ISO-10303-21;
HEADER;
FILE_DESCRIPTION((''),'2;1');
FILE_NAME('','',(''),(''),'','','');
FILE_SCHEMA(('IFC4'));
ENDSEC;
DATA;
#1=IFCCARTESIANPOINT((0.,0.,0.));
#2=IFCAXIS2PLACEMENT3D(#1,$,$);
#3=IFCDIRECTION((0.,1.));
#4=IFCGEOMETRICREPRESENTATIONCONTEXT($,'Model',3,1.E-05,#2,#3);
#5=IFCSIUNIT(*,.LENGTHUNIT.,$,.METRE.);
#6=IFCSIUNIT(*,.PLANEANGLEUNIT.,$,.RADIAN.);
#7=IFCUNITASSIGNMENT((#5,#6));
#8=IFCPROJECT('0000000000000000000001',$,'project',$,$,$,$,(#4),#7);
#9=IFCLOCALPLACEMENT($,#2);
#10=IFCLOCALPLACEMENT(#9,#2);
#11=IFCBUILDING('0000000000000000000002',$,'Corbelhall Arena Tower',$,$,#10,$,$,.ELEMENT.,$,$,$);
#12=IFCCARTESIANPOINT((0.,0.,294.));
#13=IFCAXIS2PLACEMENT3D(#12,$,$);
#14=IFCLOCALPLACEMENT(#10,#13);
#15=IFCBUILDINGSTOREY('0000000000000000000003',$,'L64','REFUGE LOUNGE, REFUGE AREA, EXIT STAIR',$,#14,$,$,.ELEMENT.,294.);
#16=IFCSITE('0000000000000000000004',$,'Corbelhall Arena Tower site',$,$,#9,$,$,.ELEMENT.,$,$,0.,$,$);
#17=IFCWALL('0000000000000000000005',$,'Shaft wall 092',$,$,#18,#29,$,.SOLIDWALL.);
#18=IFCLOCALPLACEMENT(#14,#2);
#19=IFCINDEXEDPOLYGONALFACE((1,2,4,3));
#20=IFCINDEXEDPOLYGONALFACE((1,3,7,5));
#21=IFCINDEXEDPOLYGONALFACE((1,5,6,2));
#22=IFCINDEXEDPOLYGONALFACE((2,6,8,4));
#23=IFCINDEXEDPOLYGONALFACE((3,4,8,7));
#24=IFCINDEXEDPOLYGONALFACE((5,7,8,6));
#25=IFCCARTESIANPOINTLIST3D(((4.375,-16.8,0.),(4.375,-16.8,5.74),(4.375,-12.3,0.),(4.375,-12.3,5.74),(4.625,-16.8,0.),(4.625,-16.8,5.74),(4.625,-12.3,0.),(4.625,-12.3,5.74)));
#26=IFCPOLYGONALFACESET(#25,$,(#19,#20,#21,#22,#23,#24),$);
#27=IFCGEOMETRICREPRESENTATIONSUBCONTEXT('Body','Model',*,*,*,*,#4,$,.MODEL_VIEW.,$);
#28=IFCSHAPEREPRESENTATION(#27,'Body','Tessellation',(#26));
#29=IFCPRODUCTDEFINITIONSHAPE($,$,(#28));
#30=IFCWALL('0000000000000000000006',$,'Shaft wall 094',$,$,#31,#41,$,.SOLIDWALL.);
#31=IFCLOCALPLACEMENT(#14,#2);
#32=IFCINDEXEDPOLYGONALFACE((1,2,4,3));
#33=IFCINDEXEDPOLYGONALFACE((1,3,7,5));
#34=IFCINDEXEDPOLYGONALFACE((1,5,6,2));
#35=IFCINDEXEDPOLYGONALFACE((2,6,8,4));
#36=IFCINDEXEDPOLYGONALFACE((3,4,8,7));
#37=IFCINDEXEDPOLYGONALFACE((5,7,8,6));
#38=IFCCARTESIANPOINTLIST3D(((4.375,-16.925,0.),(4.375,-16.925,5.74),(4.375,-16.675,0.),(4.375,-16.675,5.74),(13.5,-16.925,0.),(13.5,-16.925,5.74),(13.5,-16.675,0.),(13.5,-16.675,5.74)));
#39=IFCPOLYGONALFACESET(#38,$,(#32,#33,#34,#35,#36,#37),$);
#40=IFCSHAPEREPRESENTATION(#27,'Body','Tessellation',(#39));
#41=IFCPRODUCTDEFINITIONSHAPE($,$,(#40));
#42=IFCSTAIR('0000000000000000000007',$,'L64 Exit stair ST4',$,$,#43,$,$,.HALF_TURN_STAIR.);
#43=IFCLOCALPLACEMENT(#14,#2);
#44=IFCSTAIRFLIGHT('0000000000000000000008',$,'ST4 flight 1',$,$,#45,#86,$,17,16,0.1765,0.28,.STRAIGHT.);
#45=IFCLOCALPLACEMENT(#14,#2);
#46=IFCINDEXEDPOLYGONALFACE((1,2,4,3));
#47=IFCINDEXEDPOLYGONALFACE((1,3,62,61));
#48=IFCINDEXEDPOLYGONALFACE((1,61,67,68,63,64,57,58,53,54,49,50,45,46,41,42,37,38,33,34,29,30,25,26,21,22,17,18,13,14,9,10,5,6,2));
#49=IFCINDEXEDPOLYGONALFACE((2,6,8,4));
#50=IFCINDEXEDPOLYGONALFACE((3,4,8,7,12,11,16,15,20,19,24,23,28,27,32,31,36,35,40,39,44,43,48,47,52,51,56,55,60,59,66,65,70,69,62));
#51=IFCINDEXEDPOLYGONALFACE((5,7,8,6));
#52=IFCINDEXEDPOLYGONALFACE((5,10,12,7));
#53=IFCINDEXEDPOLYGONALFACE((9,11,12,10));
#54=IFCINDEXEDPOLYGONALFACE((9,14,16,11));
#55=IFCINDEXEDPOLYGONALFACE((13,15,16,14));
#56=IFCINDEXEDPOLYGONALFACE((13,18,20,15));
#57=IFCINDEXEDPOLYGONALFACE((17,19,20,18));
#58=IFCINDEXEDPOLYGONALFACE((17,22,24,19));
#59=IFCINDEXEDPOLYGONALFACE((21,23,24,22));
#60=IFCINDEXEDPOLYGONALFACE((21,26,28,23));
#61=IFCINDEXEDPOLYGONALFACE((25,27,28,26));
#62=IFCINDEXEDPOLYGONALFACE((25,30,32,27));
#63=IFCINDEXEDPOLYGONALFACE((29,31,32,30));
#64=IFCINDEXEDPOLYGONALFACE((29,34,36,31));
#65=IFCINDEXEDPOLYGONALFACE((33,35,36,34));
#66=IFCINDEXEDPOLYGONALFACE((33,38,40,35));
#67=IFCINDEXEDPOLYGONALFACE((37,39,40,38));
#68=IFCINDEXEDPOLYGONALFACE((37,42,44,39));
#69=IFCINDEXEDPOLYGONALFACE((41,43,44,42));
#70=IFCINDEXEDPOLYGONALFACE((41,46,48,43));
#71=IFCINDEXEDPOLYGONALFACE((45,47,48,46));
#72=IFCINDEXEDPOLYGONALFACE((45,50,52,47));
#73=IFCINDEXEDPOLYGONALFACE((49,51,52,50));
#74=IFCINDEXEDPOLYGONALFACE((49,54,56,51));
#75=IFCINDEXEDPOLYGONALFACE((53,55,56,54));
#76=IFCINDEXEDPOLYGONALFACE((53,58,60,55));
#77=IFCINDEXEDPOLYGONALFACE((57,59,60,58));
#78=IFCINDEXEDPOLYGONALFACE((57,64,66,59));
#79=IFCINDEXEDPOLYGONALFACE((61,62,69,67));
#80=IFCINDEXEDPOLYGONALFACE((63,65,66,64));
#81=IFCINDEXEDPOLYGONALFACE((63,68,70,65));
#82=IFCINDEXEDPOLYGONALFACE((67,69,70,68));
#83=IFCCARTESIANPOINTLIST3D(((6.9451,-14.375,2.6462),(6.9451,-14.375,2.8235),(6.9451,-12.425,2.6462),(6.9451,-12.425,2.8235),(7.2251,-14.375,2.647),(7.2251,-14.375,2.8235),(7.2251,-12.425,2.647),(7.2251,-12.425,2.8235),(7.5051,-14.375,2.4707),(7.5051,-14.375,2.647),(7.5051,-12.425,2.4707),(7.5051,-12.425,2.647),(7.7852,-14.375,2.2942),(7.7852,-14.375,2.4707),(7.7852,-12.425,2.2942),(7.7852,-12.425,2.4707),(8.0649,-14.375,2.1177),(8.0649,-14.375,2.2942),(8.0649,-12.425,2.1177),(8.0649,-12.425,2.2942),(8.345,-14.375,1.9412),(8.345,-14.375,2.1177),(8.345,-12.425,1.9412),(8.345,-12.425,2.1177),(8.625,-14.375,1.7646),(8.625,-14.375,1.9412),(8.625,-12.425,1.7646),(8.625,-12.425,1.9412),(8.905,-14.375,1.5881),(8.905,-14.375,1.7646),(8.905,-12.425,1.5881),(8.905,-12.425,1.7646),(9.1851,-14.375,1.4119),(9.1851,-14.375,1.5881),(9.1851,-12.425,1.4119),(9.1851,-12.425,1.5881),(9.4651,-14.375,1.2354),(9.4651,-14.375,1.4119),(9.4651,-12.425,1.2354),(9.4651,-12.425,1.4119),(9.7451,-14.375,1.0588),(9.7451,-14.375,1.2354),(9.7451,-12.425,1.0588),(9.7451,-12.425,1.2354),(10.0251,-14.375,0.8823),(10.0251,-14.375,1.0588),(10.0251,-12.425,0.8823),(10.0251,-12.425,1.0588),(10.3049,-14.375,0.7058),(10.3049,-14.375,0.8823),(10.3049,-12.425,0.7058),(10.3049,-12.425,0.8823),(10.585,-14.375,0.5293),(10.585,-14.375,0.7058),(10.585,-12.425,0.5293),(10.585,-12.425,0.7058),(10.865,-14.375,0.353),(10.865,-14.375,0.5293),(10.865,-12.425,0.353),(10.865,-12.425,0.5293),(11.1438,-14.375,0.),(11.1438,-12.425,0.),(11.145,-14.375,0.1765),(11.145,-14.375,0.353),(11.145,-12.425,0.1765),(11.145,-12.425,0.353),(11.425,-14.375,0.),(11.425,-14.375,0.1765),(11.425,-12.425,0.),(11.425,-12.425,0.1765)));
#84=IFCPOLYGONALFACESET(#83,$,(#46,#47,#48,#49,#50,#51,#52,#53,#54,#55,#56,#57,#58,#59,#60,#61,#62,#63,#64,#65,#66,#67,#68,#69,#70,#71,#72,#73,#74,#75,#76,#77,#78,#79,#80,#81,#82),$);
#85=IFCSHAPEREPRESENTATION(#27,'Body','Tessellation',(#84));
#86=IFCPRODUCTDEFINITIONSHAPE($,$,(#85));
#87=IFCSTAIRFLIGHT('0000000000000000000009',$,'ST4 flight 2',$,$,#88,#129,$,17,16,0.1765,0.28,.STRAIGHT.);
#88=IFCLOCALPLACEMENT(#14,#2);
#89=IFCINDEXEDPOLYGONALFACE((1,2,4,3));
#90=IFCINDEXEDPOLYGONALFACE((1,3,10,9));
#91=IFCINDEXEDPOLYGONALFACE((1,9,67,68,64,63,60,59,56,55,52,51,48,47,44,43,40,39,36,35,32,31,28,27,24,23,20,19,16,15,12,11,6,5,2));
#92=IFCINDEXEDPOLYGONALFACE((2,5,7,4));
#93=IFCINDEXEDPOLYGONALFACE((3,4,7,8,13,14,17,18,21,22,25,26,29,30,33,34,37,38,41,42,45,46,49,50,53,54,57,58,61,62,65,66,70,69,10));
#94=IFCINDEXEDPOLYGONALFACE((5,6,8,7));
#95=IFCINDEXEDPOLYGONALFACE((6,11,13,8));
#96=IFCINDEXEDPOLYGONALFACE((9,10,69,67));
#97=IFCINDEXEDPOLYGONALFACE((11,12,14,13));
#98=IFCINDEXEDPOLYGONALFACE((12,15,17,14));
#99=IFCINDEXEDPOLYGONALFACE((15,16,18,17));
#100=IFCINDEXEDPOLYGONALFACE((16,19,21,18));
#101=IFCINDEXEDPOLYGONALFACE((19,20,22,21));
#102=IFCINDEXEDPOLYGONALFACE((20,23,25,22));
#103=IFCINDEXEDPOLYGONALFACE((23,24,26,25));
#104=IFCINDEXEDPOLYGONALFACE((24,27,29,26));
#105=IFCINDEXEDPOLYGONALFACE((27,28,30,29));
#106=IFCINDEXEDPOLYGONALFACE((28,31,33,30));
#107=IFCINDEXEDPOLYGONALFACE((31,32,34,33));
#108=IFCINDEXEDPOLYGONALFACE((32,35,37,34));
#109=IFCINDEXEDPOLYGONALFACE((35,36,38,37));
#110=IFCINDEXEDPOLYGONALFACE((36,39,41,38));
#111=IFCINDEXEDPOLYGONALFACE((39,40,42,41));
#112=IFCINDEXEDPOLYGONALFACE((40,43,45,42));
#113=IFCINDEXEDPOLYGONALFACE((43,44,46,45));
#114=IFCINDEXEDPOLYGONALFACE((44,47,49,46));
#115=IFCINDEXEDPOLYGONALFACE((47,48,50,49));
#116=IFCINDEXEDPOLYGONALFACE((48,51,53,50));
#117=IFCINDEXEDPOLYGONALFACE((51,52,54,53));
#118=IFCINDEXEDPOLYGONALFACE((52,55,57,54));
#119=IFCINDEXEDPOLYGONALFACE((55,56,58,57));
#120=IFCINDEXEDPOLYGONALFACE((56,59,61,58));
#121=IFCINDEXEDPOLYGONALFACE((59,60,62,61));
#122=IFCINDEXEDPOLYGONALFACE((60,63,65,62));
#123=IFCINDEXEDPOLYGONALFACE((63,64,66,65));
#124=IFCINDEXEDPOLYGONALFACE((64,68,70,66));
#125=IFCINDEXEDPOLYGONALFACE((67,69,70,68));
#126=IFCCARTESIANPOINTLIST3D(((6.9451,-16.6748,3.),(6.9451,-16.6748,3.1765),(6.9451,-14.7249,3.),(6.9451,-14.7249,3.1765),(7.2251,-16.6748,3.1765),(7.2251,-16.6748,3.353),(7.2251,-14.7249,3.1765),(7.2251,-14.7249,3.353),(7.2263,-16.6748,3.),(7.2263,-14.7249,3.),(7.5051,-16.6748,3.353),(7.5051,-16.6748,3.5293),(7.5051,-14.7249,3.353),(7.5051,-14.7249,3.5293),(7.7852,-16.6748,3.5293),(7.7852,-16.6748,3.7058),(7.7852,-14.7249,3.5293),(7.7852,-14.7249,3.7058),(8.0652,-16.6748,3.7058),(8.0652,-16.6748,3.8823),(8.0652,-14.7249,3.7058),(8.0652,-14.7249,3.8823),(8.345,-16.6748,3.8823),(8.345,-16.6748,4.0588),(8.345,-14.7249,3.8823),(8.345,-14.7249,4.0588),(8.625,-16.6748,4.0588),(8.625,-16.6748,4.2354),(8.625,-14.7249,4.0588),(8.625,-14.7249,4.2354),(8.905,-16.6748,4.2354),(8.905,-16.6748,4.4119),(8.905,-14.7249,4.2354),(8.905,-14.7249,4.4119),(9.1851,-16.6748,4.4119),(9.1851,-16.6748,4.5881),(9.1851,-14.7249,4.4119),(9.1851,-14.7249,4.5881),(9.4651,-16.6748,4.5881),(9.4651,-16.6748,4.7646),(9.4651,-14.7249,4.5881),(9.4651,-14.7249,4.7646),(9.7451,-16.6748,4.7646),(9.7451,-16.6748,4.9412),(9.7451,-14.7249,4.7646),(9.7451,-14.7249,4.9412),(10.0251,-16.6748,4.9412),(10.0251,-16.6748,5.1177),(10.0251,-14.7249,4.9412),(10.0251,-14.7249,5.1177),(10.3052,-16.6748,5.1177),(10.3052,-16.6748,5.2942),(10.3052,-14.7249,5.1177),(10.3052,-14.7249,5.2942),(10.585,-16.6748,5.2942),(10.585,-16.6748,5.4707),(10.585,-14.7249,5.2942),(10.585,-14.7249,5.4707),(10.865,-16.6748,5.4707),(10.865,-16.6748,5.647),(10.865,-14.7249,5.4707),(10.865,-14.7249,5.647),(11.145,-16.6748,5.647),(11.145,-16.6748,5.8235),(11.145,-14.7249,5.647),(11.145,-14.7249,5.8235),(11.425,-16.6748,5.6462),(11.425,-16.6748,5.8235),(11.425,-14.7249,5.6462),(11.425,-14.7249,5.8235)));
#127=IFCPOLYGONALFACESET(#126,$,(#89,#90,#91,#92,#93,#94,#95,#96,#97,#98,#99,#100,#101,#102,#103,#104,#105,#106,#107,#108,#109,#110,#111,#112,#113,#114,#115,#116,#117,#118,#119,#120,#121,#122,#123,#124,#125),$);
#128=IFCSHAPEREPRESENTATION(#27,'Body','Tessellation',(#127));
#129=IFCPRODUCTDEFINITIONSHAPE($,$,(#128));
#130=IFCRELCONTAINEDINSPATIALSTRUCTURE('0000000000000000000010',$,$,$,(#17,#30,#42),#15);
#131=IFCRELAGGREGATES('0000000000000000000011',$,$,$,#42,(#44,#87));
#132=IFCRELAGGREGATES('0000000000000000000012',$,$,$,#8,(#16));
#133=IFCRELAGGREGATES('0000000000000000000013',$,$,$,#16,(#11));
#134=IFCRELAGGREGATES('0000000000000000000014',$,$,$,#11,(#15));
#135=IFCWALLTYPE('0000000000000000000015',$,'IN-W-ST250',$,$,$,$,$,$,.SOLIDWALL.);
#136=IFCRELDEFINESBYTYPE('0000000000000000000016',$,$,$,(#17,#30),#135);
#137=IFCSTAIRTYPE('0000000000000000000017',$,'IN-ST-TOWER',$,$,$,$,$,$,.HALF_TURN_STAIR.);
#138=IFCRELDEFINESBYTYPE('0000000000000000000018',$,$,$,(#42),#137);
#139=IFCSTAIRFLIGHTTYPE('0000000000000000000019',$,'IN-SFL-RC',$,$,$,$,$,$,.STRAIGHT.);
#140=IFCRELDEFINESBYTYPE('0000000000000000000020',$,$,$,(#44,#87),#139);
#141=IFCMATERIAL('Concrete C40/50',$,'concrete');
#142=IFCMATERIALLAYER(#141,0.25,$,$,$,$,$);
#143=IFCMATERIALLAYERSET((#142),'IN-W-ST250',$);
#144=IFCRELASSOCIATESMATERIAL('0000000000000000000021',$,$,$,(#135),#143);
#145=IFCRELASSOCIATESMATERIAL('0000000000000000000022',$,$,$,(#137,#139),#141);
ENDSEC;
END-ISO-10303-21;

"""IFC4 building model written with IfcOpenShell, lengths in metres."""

from ifc_helpers import new_model, si_unit, direction, frame, frame_2d, origin, place, context, subcontext, project, spatial, polyline, rectangle, outline, extrude, material, layer, layer_set, type_object, element, aggregate, save


model = new_model("IFC4")

# Units and contexts
model_context = context("Model", 3, precision=1e-05, world=origin(), true_north=direction((0.0, 1.0)))
body_context = subcontext(model_context, "Body", "Model", "MODEL_VIEW")
ifc_project = project(units=[si_unit("LENGTHUNIT", "METRE"), si_unit("PLANEANGLEUNIT", "RADIAN")], contexts=[model_context])

# Site, building, storey
site_placement = place(None, origin())
site = spatial("IfcSite", under=ifc_project, at=site_placement, Name="Corbelhall Arena Tower site", CompositionType="ELEMENT", RefElevation=0.0)
building_placement = place(site_placement, origin())
building = spatial("IfcBuilding", under=site, at=building_placement, Name="Corbelhall Arena Tower", CompositionType="ELEMENT")
storey_placement = place(building_placement, frame((0.0, 0.0, 294.0)))
storey = spatial("IfcBuildingStorey", under=building, at=storey_placement, Name="L64", Description="REFUGE LOUNGE, REFUGE AREA, EXIT STAIR", CompositionType="ELEMENT", Elevation=294.0)

# Walls
ifc_material_1 = material(Name="Concrete C40/50", Category="concrete")
ifc_layer_1 = layer(ifc_material_1, 0.25)
ifc_layer_set_1 = layer_set([ifc_layer_1], Name="IN-W-ST250")
wall_type_1 = type_object("IfcWallType", Name="IN-W-ST250", PredefinedType="SOLIDWALL", material=ifc_layer_set_1)
wall_1_placement = place(storey_placement, frame((4.5, -16.8, 0.0), z_axis=(0.0, 0.0, 1.0), x_axis=(0.0, 1.0, 0.0)))
element("IfcWall", 1, at=wall_1_placement, inside=storey, type_object=wall_type_1, Name="Shaft wall 092", PredefinedType="SOLIDWALL", context=body_context, shape_type="SweptSolid", body=[
    extrude(rectangle(XDim=4.5, YDim=0.25, at=frame_2d((2.25, 0.0))), origin(), (0.0, 0.0, 1.0), 5.74),
])
wall_2_placement = place(storey_placement, frame((13.5, -16.8, 0.0), z_axis=(0.0, 0.0, 1.0), x_axis=(-1.0, 0.0, 0.0)))
element("IfcWall", 2, at=wall_2_placement, inside=storey, type_object=wall_type_1, Name="Shaft wall 094", PredefinedType="SOLIDWALL", context=body_context, shape_type="SweptSolid", body=[
    extrude(rectangle(XDim=9.125, YDim=0.25, at=frame_2d((4.5625, 0.0))), origin(), (0.0, 0.0, 1.0), 5.74),
])

# Stair, stair flights
stair_type = type_object("IfcStairType", Name="IN-ST-TOWER", PredefinedType="HALF_TURN_STAIR", material=ifc_material_1)
stair_placement = place(storey_placement, origin())
stair = element("IfcStair", 3, at=stair_placement, inside=storey, type_object=stair_type, Name="L64 Exit stair ST4", PredefinedType="HALF_TURN_STAIR")
stair_flight_type = type_object("IfcStairFlightType", Name="IN-SFL-RC", PredefinedType="STRAIGHT", material=ifc_material_1)
stair_flight_1_placement = place(storey_placement, frame((11.425, -13.3999, 0.0), z_axis=(0.0, 0.0, 1.0), x_axis=(-1.0, 0.0, 0.0)))
stair_flight_1 = element("IfcStairFlight", 4, at=stair_flight_1_placement, type_object=stair_flight_type, Name="ST4 flight 1", NumberOfRisers=17, NumberOfTreads=16, PredefinedType="STRAIGHT", RiserHeight=0.1765, TreadLength=0.28, context=body_context, shape_type="SweptSolid", body=[
    extrude(outline(polyline([(0.0, 0.0), (0.0, 0.1765), (0.28, 0.1765), (0.28, 0.353), (0.5601, 0.353), (0.5601, 0.5293), (0.8401, 0.5293), (0.8401, 0.7058), (1.1201, 0.7058), (1.1201, 0.8823), (1.3999, 0.8823), (1.3999, 1.0588), (1.6799, 1.0588), (1.6799, 1.2354), (1.96, 1.2354), (1.96, 1.4119), (2.24, 1.4119), (2.24, 1.5881), (2.52, 1.5881), (2.52, 1.7646), (2.8, 1.7646), (2.8, 1.9412), (3.0801, 1.9412), (3.0801, 2.1177), (3.3601, 2.1177), (3.3601, 2.2942), (3.6399, 2.2942), (3.6399, 2.4707), (3.9199, 2.4707), (3.9199, 2.647), (4.2, 2.647), (4.2, 2.8235), (4.48, 2.8235), (4.48, 3.0), (4.48, 2.6462), (0.2812, 0.0), (0.0, 0.0)])), frame((0.0, 0.9751, 0.0), z_axis=(0.0, -1.0, 0.0), x_axis=(1.0, 0.0, 0.0)), (0.0, 0.0, 1.0), 1.95),
])
stair_flight_2_placement = place(storey_placement, frame((6.9451, -15.7, 3.0), z_axis=(0.0, 0.0, 1.0), x_axis=(1.0, 0.0, 0.0)))
stair_flight_2 = element("IfcStairFlight", 5, at=stair_flight_2_placement, type_object=stair_flight_type, Name="ST4 flight 2", NumberOfRisers=17, NumberOfTreads=16, PredefinedType="STRAIGHT", RiserHeight=0.1765, TreadLength=0.28, context=body_context, shape_type="SweptSolid", body=[
    extrude(outline(polyline([(0.0, 0.0), (0.0, 0.1765), (0.28, 0.1765), (0.28, 0.353), (0.5601, 0.353), (0.5601, 0.5293), (0.8401, 0.5293), (0.8401, 0.7058), (1.1201, 0.7058), (1.1201, 0.8823), (1.3999, 0.8823), (1.3999, 1.0588), (1.6799, 1.0588), (1.6799, 1.2354), (1.96, 1.2354), (1.96, 1.4119), (2.24, 1.4119), (2.24, 1.5881), (2.52, 1.5881), (2.52, 1.7646), (2.8, 1.7646), (2.8, 1.9412), (3.0801, 1.9412), (3.0801, 2.1177), (3.3601, 2.1177), (3.3601, 2.2942), (3.6399, 2.2942), (3.6399, 2.4707), (3.9199, 2.4707), (3.9199, 2.647), (4.2, 2.647), (4.2, 2.8235), (4.48, 2.8235), (4.48, 3.0), (4.48, 2.6462), (0.2812, 0.0), (0.0, 0.0)])), frame((0.0, 0.9751, 0.0), z_axis=(0.0, -1.0, 0.0), x_axis=(1.0, 0.0, 0.0)), (0.0, 0.0, 1.0), 1.95),
])
aggregate(stair, [stair_flight_1, stair_flight_2])

save(model, "model.ifc")
